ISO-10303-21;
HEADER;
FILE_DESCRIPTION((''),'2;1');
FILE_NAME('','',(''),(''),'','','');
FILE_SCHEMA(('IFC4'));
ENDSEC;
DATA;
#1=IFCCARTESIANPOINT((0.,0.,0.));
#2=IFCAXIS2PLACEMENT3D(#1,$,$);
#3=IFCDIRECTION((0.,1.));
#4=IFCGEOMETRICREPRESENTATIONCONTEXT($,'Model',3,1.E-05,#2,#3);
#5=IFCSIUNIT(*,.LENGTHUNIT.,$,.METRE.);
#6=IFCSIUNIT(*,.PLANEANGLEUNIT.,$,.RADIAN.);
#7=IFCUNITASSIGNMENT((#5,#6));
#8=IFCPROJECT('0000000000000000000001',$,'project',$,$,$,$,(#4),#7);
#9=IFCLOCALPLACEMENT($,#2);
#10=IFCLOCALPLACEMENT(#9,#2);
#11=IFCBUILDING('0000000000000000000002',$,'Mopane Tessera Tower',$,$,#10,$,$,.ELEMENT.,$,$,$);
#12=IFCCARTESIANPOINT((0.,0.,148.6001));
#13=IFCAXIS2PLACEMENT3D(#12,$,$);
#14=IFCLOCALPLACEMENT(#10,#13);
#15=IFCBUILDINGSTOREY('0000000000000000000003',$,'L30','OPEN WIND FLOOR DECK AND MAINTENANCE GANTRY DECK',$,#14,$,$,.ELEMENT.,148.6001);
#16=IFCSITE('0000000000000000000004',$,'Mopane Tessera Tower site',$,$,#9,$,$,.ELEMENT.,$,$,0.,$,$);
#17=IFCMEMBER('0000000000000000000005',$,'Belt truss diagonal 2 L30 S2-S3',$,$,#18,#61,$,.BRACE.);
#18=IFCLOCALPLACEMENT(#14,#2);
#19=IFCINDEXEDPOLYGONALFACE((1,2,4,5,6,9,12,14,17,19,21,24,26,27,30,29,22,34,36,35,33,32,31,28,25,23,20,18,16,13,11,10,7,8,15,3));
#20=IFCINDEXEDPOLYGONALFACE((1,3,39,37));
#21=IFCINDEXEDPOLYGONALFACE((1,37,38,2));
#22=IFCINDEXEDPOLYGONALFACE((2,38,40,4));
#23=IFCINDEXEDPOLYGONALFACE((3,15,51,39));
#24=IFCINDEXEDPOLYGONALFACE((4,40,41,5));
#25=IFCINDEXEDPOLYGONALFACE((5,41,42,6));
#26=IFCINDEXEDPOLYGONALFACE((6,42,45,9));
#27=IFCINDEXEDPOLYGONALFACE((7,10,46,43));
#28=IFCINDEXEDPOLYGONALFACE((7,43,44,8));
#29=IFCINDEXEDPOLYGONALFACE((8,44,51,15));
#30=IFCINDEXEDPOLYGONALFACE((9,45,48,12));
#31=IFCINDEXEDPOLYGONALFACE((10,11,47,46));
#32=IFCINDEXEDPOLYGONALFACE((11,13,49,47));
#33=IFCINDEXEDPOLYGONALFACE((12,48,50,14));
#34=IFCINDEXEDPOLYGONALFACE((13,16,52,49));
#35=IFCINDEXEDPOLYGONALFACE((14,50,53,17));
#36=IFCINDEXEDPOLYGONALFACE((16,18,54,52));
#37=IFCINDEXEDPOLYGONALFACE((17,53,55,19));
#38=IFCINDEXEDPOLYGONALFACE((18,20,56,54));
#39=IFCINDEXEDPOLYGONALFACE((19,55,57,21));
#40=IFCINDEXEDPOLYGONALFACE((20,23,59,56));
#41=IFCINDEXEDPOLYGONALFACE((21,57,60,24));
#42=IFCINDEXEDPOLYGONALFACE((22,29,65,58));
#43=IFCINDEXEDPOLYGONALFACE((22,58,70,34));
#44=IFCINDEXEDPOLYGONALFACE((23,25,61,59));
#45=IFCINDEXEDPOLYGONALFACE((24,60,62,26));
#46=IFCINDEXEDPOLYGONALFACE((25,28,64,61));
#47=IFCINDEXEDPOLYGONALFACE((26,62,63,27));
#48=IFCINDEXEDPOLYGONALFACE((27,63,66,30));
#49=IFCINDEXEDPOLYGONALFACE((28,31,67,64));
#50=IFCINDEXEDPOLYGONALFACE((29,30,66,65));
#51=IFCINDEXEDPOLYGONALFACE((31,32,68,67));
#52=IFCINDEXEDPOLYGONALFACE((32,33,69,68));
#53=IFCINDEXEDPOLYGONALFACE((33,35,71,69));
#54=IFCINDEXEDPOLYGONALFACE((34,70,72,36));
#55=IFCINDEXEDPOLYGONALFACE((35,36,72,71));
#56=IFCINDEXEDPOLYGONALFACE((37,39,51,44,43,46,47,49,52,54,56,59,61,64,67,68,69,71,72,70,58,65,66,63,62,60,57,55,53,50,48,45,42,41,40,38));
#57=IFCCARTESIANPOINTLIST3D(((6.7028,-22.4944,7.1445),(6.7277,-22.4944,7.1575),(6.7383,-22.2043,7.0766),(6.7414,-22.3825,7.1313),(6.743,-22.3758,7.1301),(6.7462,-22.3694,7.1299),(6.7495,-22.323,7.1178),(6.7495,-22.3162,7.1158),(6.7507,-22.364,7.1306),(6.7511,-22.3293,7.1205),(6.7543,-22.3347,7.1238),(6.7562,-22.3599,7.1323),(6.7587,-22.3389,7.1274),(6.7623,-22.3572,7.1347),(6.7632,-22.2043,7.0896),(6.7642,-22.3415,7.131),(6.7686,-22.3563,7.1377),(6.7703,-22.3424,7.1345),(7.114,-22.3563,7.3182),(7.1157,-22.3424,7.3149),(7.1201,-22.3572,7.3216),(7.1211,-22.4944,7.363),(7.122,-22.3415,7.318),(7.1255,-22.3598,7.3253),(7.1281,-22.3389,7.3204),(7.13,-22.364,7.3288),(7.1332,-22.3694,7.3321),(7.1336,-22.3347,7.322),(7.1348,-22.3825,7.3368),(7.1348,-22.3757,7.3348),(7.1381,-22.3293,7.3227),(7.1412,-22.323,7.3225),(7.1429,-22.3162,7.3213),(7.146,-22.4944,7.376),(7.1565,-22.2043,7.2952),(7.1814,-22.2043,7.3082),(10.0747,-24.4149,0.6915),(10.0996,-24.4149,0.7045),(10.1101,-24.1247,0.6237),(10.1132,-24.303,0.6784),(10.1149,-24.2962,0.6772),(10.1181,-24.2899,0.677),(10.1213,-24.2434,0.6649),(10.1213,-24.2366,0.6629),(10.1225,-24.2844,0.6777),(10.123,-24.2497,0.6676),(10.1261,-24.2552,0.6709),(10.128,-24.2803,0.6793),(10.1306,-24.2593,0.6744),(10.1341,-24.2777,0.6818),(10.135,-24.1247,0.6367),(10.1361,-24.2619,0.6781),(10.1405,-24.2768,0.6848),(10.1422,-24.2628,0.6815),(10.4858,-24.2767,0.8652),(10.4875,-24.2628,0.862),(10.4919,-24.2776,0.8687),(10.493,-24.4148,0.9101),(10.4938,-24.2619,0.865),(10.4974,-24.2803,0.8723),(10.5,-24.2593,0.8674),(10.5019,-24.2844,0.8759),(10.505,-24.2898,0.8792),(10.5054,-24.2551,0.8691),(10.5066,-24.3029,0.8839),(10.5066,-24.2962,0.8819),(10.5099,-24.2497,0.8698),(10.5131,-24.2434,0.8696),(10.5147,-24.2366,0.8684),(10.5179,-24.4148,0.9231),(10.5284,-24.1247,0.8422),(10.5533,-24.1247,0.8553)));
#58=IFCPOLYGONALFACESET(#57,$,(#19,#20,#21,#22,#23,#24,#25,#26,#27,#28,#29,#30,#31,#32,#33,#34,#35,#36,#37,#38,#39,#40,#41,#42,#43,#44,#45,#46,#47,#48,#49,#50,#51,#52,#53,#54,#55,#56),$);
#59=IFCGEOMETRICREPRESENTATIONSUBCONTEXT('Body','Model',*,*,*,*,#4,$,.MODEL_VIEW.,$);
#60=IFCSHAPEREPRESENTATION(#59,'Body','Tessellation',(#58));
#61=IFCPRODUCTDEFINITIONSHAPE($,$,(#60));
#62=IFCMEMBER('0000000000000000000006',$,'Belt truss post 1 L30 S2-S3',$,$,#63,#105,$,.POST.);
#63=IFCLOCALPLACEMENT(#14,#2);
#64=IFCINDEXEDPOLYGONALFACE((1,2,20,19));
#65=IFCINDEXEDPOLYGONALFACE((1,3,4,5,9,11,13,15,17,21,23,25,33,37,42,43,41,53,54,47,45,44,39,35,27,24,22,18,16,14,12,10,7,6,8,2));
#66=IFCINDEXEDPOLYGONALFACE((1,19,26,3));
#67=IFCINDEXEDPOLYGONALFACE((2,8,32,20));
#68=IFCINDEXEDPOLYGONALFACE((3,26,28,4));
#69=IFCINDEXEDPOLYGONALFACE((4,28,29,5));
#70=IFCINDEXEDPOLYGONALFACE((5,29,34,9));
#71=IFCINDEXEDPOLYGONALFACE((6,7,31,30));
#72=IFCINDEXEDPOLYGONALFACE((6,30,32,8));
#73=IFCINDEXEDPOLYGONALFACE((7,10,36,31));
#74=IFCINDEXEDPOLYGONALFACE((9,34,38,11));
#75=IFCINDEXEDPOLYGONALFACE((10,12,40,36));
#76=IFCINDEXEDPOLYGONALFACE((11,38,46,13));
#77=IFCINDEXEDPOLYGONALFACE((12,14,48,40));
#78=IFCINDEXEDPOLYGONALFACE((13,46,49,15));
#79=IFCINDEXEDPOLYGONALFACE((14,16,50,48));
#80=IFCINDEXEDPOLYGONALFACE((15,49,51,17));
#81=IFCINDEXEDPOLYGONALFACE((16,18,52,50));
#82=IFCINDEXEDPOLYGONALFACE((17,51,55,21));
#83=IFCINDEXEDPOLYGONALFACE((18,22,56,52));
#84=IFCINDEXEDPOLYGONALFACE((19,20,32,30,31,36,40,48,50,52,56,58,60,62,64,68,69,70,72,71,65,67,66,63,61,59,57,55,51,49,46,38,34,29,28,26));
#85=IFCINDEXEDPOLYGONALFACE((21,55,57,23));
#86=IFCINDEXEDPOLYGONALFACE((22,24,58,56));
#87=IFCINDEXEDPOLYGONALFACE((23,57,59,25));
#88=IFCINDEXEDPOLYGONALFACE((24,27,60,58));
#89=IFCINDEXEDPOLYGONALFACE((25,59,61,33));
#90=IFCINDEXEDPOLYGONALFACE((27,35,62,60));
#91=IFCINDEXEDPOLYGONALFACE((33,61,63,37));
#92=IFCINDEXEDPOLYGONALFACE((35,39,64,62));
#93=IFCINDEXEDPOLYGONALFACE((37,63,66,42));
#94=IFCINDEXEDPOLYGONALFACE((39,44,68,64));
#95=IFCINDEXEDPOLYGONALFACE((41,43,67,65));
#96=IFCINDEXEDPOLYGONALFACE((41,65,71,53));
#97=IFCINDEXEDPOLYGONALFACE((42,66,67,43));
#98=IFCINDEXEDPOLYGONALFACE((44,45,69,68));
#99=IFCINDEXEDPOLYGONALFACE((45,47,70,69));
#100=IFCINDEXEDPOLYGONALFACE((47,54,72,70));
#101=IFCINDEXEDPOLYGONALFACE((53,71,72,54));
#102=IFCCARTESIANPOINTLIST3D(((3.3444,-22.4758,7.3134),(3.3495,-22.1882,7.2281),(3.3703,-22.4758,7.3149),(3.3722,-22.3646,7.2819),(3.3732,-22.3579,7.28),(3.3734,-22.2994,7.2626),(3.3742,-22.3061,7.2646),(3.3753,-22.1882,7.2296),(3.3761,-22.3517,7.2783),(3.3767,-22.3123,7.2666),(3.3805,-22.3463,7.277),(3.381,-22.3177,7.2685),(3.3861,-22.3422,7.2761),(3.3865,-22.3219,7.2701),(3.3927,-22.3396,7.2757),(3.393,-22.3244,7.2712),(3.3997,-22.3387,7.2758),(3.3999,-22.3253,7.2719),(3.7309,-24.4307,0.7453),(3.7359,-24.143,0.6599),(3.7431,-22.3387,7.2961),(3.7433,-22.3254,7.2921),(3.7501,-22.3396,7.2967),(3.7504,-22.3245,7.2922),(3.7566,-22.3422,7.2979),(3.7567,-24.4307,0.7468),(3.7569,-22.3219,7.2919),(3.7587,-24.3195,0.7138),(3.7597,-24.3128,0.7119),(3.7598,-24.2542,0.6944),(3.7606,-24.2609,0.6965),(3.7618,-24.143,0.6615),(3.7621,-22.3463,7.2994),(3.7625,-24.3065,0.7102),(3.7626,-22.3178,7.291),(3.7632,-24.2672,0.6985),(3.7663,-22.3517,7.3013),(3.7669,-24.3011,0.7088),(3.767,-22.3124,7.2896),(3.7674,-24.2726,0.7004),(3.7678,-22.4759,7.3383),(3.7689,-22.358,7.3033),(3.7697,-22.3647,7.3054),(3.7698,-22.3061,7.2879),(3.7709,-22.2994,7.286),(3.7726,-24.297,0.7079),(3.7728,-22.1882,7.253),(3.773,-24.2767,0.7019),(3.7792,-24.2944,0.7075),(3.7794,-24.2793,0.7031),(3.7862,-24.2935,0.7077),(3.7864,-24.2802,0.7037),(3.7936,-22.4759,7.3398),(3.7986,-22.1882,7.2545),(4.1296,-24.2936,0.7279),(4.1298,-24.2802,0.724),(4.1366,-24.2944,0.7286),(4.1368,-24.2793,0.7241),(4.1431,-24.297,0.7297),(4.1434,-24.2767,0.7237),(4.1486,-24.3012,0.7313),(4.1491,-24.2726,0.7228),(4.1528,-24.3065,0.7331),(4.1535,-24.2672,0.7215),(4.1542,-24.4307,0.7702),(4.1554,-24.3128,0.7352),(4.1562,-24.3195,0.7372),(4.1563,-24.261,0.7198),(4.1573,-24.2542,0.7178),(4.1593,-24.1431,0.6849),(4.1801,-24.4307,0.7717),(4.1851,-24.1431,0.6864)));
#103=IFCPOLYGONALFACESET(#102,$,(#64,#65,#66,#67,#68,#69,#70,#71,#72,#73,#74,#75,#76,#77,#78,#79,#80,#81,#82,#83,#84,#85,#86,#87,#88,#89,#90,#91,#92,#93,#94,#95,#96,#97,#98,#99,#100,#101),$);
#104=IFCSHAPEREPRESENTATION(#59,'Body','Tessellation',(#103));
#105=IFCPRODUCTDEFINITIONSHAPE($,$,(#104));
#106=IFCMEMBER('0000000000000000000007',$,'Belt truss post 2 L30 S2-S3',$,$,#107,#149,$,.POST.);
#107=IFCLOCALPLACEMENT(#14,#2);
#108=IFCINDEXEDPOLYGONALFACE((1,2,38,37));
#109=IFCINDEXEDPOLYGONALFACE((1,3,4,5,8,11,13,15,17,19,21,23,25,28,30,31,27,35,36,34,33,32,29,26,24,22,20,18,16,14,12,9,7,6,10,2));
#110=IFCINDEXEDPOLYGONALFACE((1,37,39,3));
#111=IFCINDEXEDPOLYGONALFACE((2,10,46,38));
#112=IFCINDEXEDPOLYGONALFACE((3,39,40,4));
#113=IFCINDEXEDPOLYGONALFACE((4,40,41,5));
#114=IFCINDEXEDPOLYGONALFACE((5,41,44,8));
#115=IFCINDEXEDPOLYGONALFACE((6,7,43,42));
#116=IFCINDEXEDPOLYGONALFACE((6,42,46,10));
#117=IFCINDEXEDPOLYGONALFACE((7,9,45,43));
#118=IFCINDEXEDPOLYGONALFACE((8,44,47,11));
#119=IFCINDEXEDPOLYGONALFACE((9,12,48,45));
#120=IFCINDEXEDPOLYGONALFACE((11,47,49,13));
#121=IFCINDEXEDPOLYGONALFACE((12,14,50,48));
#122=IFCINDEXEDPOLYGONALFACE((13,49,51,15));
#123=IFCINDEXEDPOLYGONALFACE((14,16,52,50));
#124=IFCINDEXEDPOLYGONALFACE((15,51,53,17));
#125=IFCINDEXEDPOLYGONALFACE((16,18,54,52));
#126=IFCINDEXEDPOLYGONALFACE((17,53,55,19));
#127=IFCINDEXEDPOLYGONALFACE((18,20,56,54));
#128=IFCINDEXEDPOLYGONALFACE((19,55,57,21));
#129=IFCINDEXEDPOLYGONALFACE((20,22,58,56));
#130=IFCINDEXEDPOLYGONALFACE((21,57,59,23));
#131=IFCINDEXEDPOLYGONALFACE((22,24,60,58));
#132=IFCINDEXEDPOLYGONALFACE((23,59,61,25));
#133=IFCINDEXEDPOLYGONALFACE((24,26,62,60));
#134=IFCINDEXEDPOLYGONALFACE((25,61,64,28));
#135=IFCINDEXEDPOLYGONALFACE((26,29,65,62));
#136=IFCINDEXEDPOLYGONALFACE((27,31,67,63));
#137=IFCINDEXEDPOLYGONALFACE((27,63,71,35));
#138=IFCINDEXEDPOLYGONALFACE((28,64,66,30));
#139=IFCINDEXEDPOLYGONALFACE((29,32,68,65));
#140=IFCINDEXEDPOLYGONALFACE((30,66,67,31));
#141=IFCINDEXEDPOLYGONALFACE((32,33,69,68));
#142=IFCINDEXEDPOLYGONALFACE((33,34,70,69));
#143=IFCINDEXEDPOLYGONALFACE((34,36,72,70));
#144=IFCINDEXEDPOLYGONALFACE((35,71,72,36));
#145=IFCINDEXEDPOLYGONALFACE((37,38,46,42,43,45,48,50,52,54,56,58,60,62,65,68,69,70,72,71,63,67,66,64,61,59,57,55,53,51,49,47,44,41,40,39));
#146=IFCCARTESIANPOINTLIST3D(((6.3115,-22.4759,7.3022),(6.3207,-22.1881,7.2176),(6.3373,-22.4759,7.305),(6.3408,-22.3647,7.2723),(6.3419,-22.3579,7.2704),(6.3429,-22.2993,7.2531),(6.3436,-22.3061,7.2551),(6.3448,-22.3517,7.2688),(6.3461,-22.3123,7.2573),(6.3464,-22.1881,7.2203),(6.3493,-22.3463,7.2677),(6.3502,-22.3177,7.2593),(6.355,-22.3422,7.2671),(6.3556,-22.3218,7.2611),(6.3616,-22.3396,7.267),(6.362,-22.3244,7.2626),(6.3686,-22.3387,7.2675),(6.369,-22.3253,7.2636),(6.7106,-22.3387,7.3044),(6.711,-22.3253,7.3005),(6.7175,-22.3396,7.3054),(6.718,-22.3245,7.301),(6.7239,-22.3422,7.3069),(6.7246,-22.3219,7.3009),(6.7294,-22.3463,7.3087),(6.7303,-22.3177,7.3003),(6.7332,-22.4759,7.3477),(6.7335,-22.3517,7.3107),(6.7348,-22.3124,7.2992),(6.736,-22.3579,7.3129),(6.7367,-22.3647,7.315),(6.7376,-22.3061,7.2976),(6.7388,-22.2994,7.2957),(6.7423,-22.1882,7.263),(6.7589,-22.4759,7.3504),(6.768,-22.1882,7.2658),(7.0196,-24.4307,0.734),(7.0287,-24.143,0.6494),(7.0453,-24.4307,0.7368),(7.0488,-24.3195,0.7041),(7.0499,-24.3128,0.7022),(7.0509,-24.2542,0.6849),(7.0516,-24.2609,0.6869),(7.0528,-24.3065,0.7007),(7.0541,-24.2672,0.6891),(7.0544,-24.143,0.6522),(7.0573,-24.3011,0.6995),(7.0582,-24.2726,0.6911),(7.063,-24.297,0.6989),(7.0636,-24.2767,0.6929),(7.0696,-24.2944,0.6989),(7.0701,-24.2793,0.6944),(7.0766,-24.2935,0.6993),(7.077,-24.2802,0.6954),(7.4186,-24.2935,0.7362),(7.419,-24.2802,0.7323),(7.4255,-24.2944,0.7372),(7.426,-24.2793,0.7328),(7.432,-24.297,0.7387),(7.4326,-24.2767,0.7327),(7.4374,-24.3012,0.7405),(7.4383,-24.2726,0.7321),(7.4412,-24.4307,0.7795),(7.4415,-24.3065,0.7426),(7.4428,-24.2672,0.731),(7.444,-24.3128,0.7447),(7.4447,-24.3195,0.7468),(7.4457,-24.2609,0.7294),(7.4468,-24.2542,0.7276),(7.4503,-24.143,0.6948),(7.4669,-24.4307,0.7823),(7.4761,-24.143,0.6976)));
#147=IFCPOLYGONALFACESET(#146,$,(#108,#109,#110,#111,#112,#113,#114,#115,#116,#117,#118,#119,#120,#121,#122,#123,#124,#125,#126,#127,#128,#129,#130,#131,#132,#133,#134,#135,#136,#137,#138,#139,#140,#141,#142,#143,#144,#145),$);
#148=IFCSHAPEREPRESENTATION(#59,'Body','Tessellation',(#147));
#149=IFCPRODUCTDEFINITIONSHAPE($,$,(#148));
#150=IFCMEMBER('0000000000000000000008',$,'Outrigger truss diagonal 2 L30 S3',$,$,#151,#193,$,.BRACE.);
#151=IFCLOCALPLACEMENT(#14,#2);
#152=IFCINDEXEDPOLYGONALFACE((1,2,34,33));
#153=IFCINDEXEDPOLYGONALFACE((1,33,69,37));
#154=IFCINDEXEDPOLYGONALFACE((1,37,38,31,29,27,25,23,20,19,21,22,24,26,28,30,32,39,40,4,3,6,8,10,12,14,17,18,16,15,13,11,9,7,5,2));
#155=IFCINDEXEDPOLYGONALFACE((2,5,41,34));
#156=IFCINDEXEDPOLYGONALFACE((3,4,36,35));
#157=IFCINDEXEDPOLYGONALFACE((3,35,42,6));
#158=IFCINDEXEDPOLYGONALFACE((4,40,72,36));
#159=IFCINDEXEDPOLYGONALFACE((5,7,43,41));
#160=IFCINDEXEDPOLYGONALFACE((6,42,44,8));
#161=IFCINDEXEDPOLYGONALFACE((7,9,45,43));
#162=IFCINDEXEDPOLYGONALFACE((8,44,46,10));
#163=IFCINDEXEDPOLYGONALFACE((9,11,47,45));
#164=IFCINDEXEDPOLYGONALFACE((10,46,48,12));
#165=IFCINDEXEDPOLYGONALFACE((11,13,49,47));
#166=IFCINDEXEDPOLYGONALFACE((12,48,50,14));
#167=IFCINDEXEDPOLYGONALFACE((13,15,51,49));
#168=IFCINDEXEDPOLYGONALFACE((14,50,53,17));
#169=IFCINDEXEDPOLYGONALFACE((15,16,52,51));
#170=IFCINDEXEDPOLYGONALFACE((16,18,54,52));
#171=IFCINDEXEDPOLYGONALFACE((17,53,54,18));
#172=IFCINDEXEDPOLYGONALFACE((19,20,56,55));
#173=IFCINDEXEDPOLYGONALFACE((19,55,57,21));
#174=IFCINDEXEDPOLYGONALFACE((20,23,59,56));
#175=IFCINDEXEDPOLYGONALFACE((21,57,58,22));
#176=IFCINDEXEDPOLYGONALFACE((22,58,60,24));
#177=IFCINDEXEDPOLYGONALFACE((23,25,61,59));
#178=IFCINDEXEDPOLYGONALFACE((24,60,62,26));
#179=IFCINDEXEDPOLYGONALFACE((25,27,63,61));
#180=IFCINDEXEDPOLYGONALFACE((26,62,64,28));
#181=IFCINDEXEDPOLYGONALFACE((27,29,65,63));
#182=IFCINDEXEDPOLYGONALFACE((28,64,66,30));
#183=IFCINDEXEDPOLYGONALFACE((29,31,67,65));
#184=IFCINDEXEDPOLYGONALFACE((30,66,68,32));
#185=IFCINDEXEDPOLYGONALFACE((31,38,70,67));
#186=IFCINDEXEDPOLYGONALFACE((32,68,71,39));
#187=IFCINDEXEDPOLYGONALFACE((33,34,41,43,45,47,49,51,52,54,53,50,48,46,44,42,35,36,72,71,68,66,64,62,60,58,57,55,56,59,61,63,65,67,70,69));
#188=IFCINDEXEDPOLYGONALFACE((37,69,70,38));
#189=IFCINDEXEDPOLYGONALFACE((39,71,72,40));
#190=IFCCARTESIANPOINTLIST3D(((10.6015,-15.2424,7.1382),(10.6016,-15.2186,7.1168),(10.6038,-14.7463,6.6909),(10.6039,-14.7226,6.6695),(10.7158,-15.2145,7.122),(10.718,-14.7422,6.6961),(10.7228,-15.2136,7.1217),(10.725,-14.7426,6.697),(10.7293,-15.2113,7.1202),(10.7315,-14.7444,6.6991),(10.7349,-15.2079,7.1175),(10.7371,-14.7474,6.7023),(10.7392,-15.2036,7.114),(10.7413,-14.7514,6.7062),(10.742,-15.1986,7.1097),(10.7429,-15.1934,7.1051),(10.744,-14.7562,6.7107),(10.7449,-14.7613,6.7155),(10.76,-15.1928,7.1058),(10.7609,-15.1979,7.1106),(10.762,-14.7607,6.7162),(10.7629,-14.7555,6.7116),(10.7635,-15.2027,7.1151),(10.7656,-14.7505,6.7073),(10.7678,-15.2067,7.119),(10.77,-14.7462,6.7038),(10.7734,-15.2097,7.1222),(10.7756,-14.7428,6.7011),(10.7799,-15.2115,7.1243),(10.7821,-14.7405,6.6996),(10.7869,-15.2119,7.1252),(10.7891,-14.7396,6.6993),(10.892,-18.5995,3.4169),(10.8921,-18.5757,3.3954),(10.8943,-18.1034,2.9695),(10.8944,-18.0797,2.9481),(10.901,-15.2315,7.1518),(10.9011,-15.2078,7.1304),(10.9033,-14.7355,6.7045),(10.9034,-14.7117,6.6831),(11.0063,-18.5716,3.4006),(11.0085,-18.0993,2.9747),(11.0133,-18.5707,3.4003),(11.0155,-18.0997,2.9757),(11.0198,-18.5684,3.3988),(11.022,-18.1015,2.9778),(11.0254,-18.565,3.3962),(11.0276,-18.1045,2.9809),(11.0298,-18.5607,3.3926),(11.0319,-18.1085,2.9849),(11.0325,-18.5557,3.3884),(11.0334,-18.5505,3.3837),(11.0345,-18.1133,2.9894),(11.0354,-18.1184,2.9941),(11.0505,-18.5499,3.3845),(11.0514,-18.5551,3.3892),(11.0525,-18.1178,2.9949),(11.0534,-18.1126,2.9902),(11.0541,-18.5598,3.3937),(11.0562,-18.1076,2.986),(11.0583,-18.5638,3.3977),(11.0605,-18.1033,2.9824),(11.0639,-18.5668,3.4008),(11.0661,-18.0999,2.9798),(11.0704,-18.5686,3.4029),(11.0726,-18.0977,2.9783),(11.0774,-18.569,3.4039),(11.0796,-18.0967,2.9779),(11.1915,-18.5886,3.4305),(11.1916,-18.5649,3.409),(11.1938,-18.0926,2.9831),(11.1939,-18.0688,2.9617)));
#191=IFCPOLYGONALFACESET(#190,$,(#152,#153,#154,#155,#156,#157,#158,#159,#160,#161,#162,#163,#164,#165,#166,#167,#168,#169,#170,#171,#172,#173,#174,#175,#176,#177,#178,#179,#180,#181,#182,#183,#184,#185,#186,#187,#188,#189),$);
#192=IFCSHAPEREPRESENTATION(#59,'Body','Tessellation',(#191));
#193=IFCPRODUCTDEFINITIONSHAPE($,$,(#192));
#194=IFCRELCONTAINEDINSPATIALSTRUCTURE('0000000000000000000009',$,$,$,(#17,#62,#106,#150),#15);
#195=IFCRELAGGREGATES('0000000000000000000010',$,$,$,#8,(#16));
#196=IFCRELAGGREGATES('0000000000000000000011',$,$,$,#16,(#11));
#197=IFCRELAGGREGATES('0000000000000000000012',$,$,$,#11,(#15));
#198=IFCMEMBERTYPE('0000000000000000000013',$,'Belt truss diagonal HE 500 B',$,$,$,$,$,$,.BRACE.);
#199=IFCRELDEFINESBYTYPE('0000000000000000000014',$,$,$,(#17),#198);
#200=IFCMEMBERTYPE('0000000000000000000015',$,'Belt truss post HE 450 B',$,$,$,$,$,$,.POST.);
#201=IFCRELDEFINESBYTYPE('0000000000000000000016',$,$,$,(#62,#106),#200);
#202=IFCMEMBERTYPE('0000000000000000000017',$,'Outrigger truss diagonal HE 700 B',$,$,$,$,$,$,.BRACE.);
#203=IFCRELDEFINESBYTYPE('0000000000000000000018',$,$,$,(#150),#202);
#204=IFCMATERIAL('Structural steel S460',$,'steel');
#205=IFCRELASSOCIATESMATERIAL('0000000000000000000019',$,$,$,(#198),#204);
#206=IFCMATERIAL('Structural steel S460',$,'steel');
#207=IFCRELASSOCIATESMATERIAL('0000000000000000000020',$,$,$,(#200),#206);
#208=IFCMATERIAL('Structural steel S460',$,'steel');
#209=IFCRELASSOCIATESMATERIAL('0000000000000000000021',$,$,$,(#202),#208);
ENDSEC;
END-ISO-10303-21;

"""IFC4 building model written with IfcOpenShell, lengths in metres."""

from ifc_helpers import new_model, si_unit, direction, frame, origin, origin_2d, place, context, subcontext, project, spatial, i_section, extrude, material, material_profile, profile_set, type_object, element, save


model = new_model("IFC4")

# Units and contexts
model_context = context("Model", 3, precision=1e-05, world=origin(), true_north=direction((0.0, 1.0)))
body_context = subcontext(model_context, "Body", "Model", "MODEL_VIEW")
ifc_project = project(units=[si_unit("LENGTHUNIT", "METRE"), si_unit("PLANEANGLEUNIT", "RADIAN")], contexts=[model_context])

# Site, building, storey
site_placement = place(None, origin())
site = spatial("IfcSite", under=ifc_project, at=site_placement, Name="Mopane Tessera Tower site", CompositionType="ELEMENT", RefElevation=0.0)
building_placement = place(site_placement, origin())
building = spatial("IfcBuilding", under=site, at=building_placement, Name="Mopane Tessera Tower", CompositionType="ELEMENT")
storey_placement = place(building_placement, frame((0.0, 0.0, 148.6001)))
storey = spatial("IfcBuildingStorey", under=building, at=storey_placement, Name="L30", Description="OPEN WIND FLOOR DECK AND MAINTENANCE GANTRY DECK", CompositionType="ELEMENT", Elevation=148.6001)

# Members
ifc_material_1 = material(Name="Structural steel S460", Category="steel")
ifc_material_profile_1 = material_profile(ifc_material_1, i_section(OverallWidth=0.3, OverallDepth=0.5, WebThickness=0.0144, FlangeThickness=0.0281, FilletRadius=0.0271, at=origin_2d()))
ifc_profile_set_1 = profile_set([ifc_material_profile_1], Name="Structural steel S460")
member_type_1 = type_object("IfcMemberType", Name="Belt truss diagonal HE 500 B", PredefinedType="BRACE", material=ifc_profile_set_1)
member_1_placement = place(storey_placement, frame((6.9421, -22.3494, 7.2263), z_axis=(0.447802, -0.255044, -0.856987), x_axis=(0.118069, 0.96693, -0.226068)))
element("IfcMember", 1, at=member_1_placement, inside=storey, type_object=member_type_1, Name="Belt truss diagonal 2 L30 S2-S3", PredefinedType="BRACE", context=body_context, shape_type="SweptSolid", body=[
    extrude(i_section(OverallWidth=0.3, OverallDepth=0.5, WebThickness=0.0144, FlangeThickness=0.0281, FilletRadius=0.0271, at=origin_2d()), origin(), (0.0, 0.0, 1.0), 7.5298),
])
ifc_material_2 = material(Name="Structural steel S460", Category="steel")
ifc_material_profile_2 = material_profile(ifc_material_2, i_section(OverallWidth=0.3, OverallDepth=0.45, WebThickness=0.0139, FlangeThickness=0.0259, FilletRadius=0.0271, at=origin_2d()))
ifc_profile_set_2 = profile_set([ifc_material_profile_2], Name="Structural steel S460")
member_type_2 = type_object("IfcMemberType", Name="Belt truss post HE 450 B", PredefinedType="POST", material=ifc_profile_set_2)
member_2_placement = place(storey_placement, frame((3.958, -24.2869, 0.7158), z_axis=(-0.056307, 0.284806, 0.95693), x_axis=(0.016845, 0.958585, -0.284308)))
element("IfcMember", 2, at=member_2_placement, inside=storey, type_object=member_type_2, Name="Belt truss post 1 L30 S2-S3", PredefinedType="POST", context=body_context, shape_type="SweptSolid", body=[
    extrude(i_section(OverallWidth=0.3, OverallDepth=0.45, WebThickness=0.0139, FlangeThickness=0.0259, FilletRadius=0.0271, at=origin_2d()), origin(), (0.0, 0.0, 1.0), 6.8638),
])
member_3_placement = place(storey_placement, frame((7.2478, -24.2869, 0.7158), z_axis=(-0.102769, 0.283748, 0.953376), x_axis=(0.030456, 0.958899, -0.282109)))
element("IfcMember", 3, at=member_3_placement, inside=storey, type_object=member_type_2, Name="Belt truss post 2 L30 S2-S3", PredefinedType="POST", context=body_context, shape_type="SweptSolid", body=[
    extrude(i_section(OverallWidth=0.3, OverallDepth=0.45, WebThickness=0.0139, FlangeThickness=0.0259, FilletRadius=0.0271, at=origin_2d()), origin(), (0.0, 0.0, 1.0), 6.8894),
])
ifc_material_3 = material(Name="Structural steel S460", Category="steel")
ifc_material_profile_3 = material_profile(ifc_material_3, i_section(OverallWidth=0.3, OverallDepth=0.7, WebThickness=0.0171, FlangeThickness=0.032, FilletRadius=0.0271, at=origin_2d()))
ifc_profile_set_3 = profile_set([ifc_material_profile_3], Name="Structural steel S460")
member_type_3 = type_object("IfcMemberType", Name="Outrigger truss diagonal HE 700 B", PredefinedType="BRACE", material=ifc_profile_set_3)
member_4_placement = place(storey_placement, frame((10.7524, -14.9771, 6.9106), z_axis=(0.05787, -0.668711, -0.741267), x_axis=(0.998318, 0.03619, 0.045289)))
element("IfcMember", 4, at=member_4_placement, inside=storey, type_object=member_type_3, Name="Outrigger truss diagonal 2 L30 S3", PredefinedType="BRACE", context=body_context, shape_type="SweptSolid", body=[
    extrude(i_section(OverallWidth=0.3, OverallDepth=0.7, WebThickness=0.0171, FlangeThickness=0.032, FilletRadius=0.0271, at=origin_2d()), origin(), (0.0, 0.0, 1.0), 5.0203),
])

save(model, "model.ifc")
